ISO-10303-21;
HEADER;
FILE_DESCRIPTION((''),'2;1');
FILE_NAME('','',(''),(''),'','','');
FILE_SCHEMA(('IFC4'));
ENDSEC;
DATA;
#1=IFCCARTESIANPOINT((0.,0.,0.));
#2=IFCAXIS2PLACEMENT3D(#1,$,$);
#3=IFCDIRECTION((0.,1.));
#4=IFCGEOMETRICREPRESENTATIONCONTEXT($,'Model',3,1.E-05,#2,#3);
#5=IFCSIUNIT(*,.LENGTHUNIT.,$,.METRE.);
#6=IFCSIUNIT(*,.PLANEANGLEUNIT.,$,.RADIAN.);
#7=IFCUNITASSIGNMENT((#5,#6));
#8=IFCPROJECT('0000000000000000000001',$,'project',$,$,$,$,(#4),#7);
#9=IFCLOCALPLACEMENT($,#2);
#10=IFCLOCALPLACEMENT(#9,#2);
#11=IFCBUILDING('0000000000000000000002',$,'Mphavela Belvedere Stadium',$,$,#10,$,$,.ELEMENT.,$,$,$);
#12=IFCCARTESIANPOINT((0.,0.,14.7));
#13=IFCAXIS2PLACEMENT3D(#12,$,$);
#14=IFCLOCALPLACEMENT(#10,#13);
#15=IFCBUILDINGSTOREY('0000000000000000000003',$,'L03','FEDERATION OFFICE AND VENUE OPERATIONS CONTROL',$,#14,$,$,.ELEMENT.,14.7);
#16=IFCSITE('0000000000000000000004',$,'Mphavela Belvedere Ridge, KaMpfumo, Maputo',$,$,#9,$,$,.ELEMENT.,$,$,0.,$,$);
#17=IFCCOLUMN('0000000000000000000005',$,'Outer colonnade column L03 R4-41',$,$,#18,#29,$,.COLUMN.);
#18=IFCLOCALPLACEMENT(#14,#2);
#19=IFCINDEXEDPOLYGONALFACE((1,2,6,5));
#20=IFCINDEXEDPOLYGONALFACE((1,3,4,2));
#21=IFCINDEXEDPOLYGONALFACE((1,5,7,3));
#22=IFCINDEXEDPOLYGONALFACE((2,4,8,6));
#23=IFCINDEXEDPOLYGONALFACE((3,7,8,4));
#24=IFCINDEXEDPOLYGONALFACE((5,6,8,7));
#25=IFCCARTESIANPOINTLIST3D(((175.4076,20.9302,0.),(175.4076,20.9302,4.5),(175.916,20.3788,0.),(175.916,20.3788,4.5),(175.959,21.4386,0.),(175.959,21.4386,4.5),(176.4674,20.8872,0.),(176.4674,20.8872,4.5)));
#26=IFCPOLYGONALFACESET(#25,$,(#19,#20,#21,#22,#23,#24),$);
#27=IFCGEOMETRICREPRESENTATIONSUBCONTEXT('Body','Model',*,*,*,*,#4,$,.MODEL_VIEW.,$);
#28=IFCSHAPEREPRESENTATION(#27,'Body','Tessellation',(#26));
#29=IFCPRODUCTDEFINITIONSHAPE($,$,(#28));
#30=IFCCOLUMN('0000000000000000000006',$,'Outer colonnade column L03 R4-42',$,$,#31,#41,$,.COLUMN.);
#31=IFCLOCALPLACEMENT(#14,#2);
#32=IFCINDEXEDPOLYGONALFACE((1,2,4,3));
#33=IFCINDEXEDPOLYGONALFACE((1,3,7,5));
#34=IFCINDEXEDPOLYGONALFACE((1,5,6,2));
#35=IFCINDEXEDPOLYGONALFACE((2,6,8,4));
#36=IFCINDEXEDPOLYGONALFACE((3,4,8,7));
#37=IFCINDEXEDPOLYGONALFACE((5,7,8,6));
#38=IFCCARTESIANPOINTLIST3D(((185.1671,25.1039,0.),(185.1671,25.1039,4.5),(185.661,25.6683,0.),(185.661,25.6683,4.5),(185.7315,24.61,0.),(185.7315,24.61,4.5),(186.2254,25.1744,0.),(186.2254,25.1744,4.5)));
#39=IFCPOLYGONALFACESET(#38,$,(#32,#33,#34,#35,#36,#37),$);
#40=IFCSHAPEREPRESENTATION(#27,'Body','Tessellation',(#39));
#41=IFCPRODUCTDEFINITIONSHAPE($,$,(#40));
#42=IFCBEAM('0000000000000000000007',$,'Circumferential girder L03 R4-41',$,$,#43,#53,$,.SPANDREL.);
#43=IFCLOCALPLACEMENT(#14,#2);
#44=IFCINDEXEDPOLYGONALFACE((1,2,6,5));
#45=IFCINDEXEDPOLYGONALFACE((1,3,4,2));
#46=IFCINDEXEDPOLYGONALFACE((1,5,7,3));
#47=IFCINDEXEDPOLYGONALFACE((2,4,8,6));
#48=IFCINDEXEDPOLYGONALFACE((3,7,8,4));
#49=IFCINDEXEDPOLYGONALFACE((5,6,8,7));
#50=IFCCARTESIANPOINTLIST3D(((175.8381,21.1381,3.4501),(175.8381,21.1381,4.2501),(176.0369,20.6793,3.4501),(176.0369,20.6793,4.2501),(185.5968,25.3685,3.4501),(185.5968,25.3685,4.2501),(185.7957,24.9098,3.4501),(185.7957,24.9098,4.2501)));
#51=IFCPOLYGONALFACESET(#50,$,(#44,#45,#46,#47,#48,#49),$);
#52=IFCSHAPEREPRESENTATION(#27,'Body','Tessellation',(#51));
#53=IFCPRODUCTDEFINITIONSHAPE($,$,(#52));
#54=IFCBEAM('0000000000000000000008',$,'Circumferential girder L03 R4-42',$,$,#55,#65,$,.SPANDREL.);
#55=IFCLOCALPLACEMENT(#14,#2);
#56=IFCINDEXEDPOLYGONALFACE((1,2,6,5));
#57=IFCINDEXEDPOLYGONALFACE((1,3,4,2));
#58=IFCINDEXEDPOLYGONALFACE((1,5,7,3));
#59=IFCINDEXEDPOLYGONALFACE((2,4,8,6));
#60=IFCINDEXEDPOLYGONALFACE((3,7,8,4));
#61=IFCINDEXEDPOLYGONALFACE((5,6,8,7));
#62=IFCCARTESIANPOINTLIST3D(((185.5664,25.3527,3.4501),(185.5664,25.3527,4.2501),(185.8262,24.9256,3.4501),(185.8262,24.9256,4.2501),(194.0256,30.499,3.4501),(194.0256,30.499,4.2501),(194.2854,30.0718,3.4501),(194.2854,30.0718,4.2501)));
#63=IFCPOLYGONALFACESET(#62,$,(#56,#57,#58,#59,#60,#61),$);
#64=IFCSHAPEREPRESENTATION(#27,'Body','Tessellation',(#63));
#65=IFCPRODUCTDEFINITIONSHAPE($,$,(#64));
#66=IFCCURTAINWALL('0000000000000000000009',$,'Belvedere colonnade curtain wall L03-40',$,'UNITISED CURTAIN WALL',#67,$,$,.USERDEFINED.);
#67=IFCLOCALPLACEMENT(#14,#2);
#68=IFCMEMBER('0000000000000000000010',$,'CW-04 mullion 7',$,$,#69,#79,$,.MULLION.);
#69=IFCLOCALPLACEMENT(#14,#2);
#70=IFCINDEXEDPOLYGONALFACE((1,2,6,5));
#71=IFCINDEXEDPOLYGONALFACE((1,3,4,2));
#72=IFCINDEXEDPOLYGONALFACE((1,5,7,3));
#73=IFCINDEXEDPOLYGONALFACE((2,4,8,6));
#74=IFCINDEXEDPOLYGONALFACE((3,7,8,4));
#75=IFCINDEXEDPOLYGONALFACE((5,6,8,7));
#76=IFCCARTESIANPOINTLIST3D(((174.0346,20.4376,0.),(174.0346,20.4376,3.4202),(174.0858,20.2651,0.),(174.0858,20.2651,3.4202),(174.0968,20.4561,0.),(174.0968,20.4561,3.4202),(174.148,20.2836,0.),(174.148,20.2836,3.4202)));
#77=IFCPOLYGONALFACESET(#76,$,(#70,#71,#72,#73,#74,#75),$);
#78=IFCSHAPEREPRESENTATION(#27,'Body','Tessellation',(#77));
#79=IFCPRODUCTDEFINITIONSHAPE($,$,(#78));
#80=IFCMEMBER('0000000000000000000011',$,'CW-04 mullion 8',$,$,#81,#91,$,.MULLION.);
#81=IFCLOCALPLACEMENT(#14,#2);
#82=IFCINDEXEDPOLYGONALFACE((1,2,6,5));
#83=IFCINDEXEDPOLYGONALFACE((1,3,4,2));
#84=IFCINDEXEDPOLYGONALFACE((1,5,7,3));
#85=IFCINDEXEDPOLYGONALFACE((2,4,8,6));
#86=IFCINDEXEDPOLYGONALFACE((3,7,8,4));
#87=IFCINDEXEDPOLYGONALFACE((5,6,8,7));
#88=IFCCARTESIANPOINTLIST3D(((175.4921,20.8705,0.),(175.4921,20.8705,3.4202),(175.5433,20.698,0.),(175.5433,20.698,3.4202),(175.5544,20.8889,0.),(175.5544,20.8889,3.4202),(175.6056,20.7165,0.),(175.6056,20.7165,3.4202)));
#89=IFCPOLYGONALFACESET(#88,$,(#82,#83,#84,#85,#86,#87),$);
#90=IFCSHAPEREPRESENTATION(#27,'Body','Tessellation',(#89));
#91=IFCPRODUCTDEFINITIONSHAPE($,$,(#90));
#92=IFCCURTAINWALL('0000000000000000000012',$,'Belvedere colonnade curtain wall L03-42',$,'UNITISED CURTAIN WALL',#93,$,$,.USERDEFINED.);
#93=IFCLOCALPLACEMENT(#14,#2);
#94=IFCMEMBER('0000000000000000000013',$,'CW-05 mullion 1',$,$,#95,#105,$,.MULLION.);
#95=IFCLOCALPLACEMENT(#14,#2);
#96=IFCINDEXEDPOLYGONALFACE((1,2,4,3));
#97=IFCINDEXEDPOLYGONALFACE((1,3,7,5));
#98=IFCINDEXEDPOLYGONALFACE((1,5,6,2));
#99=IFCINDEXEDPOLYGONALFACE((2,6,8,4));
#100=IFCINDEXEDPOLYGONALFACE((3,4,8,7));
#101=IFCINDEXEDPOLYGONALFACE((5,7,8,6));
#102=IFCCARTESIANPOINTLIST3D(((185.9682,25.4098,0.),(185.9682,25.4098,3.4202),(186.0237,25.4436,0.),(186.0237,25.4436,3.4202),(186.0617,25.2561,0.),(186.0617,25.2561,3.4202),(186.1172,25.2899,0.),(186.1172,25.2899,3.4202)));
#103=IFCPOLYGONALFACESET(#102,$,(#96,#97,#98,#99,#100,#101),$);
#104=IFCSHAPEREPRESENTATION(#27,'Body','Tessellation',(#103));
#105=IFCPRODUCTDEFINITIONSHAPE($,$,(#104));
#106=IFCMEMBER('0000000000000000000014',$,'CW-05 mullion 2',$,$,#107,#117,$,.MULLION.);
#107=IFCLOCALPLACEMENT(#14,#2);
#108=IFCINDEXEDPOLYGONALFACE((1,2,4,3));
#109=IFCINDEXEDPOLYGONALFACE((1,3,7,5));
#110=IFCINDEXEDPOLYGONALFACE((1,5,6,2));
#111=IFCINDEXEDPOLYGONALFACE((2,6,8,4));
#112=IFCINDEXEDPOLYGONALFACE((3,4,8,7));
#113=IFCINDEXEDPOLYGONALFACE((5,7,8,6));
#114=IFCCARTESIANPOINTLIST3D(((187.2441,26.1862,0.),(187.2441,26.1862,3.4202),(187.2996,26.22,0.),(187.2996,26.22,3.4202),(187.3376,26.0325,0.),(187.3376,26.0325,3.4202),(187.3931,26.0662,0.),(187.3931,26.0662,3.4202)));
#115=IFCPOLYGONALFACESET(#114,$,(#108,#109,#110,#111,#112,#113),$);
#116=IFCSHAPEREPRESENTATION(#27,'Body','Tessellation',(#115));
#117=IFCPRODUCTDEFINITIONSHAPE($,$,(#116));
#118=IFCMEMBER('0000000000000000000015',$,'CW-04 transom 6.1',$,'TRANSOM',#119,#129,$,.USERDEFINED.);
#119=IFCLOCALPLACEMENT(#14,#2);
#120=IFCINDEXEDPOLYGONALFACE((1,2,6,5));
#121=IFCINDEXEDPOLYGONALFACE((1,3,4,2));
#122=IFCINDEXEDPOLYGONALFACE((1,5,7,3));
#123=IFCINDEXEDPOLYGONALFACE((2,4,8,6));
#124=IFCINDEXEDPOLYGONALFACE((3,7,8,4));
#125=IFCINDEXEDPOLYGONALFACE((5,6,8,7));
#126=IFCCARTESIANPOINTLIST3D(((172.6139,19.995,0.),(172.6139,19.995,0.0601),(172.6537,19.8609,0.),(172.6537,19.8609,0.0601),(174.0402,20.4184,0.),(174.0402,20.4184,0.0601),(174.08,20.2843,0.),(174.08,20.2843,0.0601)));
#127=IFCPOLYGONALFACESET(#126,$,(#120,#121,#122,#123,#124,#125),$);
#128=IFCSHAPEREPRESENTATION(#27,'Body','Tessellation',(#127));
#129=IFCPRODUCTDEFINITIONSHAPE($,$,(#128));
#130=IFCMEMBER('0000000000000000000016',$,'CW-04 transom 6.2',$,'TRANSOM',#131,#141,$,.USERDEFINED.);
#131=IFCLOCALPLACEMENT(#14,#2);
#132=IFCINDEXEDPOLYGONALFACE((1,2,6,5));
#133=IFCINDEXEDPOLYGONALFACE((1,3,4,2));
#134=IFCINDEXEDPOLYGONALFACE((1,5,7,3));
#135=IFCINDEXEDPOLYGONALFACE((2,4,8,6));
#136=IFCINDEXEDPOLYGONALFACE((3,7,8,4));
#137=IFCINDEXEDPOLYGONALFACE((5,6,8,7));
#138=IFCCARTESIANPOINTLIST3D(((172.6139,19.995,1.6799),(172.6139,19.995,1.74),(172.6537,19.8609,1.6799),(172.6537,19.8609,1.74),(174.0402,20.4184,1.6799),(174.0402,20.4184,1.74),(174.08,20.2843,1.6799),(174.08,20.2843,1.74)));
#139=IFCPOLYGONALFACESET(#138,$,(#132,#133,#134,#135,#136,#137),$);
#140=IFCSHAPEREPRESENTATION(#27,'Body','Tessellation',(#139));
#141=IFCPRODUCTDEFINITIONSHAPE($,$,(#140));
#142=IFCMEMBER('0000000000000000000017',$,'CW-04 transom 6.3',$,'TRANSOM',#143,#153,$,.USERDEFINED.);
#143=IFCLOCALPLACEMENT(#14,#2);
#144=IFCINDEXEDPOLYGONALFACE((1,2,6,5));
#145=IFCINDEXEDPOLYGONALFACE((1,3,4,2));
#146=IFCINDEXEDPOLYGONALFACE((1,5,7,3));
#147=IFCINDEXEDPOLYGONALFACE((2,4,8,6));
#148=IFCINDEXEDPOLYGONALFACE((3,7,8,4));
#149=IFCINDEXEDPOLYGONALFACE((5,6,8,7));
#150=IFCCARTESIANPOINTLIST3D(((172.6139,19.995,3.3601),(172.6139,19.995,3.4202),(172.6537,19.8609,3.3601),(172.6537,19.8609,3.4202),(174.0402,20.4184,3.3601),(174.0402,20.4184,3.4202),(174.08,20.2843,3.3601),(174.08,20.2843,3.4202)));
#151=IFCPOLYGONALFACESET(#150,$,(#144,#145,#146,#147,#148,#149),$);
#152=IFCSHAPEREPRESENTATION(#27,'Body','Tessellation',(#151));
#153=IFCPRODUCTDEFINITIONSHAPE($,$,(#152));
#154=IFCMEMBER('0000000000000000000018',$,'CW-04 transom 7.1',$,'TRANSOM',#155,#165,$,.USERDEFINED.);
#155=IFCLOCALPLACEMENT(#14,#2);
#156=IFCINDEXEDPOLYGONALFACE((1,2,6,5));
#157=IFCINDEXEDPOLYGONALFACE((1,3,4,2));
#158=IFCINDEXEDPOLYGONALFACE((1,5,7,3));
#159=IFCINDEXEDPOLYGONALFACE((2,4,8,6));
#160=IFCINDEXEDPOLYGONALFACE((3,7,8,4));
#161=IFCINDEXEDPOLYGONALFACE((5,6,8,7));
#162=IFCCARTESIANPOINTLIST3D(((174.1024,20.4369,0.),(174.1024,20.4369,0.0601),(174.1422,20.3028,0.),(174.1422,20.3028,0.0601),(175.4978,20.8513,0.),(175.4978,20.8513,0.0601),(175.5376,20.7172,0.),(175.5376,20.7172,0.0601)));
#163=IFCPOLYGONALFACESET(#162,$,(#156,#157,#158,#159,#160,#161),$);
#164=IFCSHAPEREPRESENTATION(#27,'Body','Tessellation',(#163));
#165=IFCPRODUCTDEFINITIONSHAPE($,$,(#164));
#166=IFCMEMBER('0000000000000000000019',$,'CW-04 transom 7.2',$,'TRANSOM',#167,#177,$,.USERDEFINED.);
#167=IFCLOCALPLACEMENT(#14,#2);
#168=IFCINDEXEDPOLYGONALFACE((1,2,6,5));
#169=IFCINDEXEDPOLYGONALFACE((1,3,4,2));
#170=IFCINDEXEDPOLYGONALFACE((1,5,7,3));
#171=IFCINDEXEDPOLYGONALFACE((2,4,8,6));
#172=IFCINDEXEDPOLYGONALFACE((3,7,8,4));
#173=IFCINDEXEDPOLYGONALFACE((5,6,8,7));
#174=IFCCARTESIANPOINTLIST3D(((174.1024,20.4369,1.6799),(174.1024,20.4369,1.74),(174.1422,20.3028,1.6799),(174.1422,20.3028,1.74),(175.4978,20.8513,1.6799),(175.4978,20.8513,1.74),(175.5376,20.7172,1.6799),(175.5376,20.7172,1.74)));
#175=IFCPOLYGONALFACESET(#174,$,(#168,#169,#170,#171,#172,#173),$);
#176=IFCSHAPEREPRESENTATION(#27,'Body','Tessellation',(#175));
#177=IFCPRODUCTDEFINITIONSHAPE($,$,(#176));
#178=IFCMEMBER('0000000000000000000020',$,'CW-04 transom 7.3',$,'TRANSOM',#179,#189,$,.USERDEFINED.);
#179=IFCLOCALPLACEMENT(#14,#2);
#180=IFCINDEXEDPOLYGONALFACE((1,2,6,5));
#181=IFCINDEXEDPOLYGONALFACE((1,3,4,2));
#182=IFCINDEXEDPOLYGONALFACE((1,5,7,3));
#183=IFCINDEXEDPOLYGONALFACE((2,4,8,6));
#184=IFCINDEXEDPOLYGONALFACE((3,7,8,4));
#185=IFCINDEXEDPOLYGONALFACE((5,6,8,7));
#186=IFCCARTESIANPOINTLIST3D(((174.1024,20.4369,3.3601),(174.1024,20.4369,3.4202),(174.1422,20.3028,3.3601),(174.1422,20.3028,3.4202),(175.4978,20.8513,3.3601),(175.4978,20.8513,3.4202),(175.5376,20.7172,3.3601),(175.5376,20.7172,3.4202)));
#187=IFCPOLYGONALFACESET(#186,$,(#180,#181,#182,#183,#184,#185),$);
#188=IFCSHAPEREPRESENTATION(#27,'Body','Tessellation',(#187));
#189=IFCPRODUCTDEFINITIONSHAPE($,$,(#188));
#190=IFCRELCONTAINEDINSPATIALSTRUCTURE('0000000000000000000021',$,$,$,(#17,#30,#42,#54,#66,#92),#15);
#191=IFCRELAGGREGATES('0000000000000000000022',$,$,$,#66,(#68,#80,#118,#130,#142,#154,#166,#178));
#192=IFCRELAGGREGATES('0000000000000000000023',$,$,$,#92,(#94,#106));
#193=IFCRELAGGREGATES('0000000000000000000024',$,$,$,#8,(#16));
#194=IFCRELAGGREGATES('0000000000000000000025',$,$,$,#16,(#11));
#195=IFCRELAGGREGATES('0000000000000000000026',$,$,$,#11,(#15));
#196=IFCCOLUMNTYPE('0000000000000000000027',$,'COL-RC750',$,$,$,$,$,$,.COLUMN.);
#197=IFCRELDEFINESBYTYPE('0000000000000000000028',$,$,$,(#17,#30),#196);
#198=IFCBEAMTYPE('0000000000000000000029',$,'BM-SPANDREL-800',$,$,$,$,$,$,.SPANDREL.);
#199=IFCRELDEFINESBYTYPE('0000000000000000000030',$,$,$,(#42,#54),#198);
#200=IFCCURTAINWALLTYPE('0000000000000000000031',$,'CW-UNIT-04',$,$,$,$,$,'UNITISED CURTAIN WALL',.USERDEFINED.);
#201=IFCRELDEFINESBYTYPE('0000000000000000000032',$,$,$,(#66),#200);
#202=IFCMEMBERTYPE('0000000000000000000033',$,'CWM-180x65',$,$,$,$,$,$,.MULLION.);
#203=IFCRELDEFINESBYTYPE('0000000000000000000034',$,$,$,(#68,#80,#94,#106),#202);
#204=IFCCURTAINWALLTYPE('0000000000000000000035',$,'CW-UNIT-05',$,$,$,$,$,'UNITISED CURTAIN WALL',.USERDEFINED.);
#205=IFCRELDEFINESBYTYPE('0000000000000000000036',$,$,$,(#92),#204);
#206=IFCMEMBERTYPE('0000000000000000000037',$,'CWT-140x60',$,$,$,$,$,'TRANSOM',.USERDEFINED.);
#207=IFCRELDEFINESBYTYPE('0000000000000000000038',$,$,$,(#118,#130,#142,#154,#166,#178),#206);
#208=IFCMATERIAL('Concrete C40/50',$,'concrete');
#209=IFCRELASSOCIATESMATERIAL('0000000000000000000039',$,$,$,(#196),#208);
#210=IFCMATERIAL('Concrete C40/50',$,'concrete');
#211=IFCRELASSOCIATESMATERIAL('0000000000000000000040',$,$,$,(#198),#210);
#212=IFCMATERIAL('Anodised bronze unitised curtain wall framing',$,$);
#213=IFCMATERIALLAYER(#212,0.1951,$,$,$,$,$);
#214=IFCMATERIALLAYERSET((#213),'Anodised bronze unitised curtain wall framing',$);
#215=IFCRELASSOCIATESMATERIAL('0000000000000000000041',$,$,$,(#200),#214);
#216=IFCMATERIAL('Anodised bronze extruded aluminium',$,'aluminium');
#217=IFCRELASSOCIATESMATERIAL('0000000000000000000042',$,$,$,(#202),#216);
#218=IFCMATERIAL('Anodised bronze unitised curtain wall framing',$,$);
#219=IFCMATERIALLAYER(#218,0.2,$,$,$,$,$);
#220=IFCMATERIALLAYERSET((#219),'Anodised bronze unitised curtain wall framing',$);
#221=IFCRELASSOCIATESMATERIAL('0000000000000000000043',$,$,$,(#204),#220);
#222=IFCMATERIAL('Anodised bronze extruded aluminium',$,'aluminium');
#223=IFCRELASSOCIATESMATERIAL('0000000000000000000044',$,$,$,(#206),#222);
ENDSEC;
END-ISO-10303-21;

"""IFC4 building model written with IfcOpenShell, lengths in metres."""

from ifc_helpers import new_model, si_unit, direction, frame, origin, origin_2d, place, context, subcontext, project, spatial, rectangle, extrude, material, layer, layer_set, material_profile, profile_set, type_object, element, aggregate, save


model = new_model("IFC4")

# Units and contexts
model_context = context("Model", 3, precision=1e-05, world=origin(), true_north=direction((0.0, 1.0)))
body_context = subcontext(model_context, "Body", "Model", "MODEL_VIEW")
ifc_project = project(units=[si_unit("LENGTHUNIT", "METRE"), si_unit("PLANEANGLEUNIT", "RADIAN")], contexts=[model_context])

# Site, building, storey
site_placement = place(None, origin())
site = spatial("IfcSite", under=ifc_project, at=site_placement, Name="Mphavela Belvedere Ridge, KaMpfumo, Maputo", CompositionType="ELEMENT", RefElevation=0.0)
building_placement = place(site_placement, origin())
building = spatial("IfcBuilding", under=site, at=building_placement, Name="Mphavela Belvedere Stadium", CompositionType="ELEMENT")
storey_placement = place(building_placement, frame((0.0, 0.0, 14.7)))
storey = spatial("IfcBuildingStorey", under=building, at=storey_placement, Name="L03", Description="FEDERATION OFFICE AND VENUE OPERATIONS CONTROL", CompositionType="ELEMENT", Elevation=14.7)

# Columns
ifc_material_1 = material(Name="Concrete C40/50", Category="concrete")
ifc_material_profile_1 = material_profile(ifc_material_1, rectangle(XDim=0.75, YDim=0.75, at=origin_2d()), Name="RC 750x750")
ifc_profile_set_1 = profile_set([ifc_material_profile_1], Name="Concrete C40/50")
column_type = type_object("IfcColumnType", Name="COL-RC750", PredefinedType="COLUMN", material=ifc_profile_set_1)
for number, where, z_axis, x_axis, name in (
    (1, (175.9375, 20.9087, 0.0), (0.0, 0.0, 1.0), (0.677903, -0.735151, 0.0), "Outer colonnade column L03 R4-41"),
    (2, (185.6963, 25.1392, 0.0), (0.0, 0.0, 1.0), (0.75253, -0.658558, 0.0), "Outer colonnade column L03 R4-42"),
):
    element("IfcColumn", number, at=place(storey_placement, frame(where, z_axis=z_axis, x_axis=x_axis)), inside=storey, type_object=column_type, Name=name, PredefinedType="COLUMN", context=body_context, shape_type="SweptSolid", body=[
        extrude(rectangle(XDim=0.75, YDim=0.75, at=origin_2d()), origin(), (0.0, 0.0, 1.0), 4.5),
    ])

# Beams
ifc_material_2 = material(Name="Concrete C40/50", Category="concrete")
ifc_material_profile_2 = material_profile(ifc_material_2, rectangle(XDim=0.5, YDim=0.8, at=origin_2d()), Name="RC 500x800")
ifc_profile_set_2 = profile_set([ifc_material_profile_2], Name="Concrete C40/50")
beam_type = type_object("IfcBeamType", Name="BM-SPANDREL-800", PredefinedType="SPANDREL", material=ifc_profile_set_2)
beam_1_placement = place(storey_placement, frame((175.9375, 20.9087, 3.8501), z_axis=(0.917499, 0.397739, 0.0), x_axis=(-0.397739, 0.917499, 0.0)))
element("IfcBeam", 3, at=beam_1_placement, inside=storey, type_object=beam_type, Name="Circumferential girder L03 R4-41", PredefinedType="SPANDREL", context=body_context, shape_type="SweptSolid", body=[
    extrude(rectangle(XDim=0.5, YDim=0.8, at=origin_2d()), origin(), (0.0, 0.0, 1.0), 10.6362),
])
beam_2_placement = place(storey_placement, frame((185.6963, 25.1392, 3.8501), z_axis=(0.854327, 0.519737, 0.0), x_axis=(-0.519737, 0.854327, 0.0)))
element("IfcBeam", 4, at=beam_2_placement, inside=storey, type_object=beam_type, Name="Circumferential girder L03 R4-42", PredefinedType="SPANDREL", context=body_context, shape_type="SweptSolid", body=[
    extrude(rectangle(XDim=0.5, YDim=0.8, at=origin_2d()), origin(), (0.0, 0.0, 1.0), 9.9016),
])

# Curtain walls, members
ifc_material_3 = material(Name="Anodised bronze unitised curtain wall framing")
ifc_layer_1 = layer(ifc_material_3, 0.1951)
ifc_layer_set_1 = layer_set([ifc_layer_1], Name="Anodised bronze unitised curtain wall framing")
curtain_wall_type_1 = type_object("IfcCurtainWallType", Name="CW-UNIT-04", ElementType="UNITISED CURTAIN WALL", PredefinedType="USERDEFINED", material=ifc_layer_set_1)
curtain_wall_1_placement = place(storey_placement, origin())
curtain_wall_1 = element("IfcCurtainWall", 5, at=curtain_wall_1_placement, inside=storey, type_object=curtain_wall_type_1, Name="Belvedere colonnade curtain wall L03-40", ObjectType="UNITISED CURTAIN WALL", PredefinedType="USERDEFINED")
ifc_material_4 = material(Name="Anodised bronze extruded aluminium", Category="aluminium")
ifc_material_profile_3 = material_profile(ifc_material_4, rectangle(XDim=0.1799, YDim=0.0649, at=origin_2d()), Name="CW-MUL 180x65")
ifc_profile_set_3 = profile_set([ifc_material_profile_3], Name="Anodised bronze extruded aluminium")
member_type_1 = type_object("IfcMemberType", Name="CWM-180x65", PredefinedType="MULLION", material=ifc_profile_set_3)
member_1_placement = place(storey_placement, frame((174.0913, 20.3606, 0.0), z_axis=(0.0, 0.0, 1.0), x_axis=(-0.284565, 0.958657, 0.0)))
member_1 = element("IfcMember", 6, at=member_1_placement, type_object=member_type_1, Name="CW-04 mullion 7", PredefinedType="MULLION", context=body_context, shape_type="SweptSolid", body=[
    extrude(rectangle(XDim=0.1799, YDim=0.0649, at=origin_2d()), origin(), (0.0, 0.0, 1.0), 3.4202),
])
member_2_placement = place(storey_placement, frame((175.5488, 20.7935, 0.0), z_axis=(0.0, 0.0, 1.0), x_axis=(-0.284565, 0.958657, 0.0)))
member_2 = element("IfcMember", 7, at=member_2_placement, type_object=member_type_1, Name="CW-04 mullion 8", PredefinedType="MULLION", context=body_context, shape_type="SweptSolid", body=[
    extrude(rectangle(XDim=0.1799, YDim=0.0649, at=origin_2d()), origin(), (0.0, 0.0, 1.0), 3.4202),
])
ifc_material_5 = material(Name="Anodised bronze unitised curtain wall framing")
ifc_layer_2 = layer(ifc_material_5, 0.2)
ifc_layer_set_2 = layer_set([ifc_layer_2], Name="Anodised bronze unitised curtain wall framing")
curtain_wall_type_2 = type_object("IfcCurtainWallType", Name="CW-UNIT-05", ElementType="UNITISED CURTAIN WALL", PredefinedType="USERDEFINED", material=ifc_layer_set_2)
curtain_wall_2_placement = place(storey_placement, origin())
curtain_wall_2 = element("IfcCurtainWall", 8, at=curtain_wall_2_placement, inside=storey, type_object=curtain_wall_type_2, Name="Belvedere colonnade curtain wall L03-42", ObjectType="UNITISED CURTAIN WALL", PredefinedType="USERDEFINED")
member_3_placement = place(storey_placement, frame((186.0427, 25.3499, 0.0), z_axis=(0.0, 0.0, 1.0), x_axis=(-0.519738, 0.854325, 0.0)))
member_3 = element("IfcMember", 9, at=member_3_placement, type_object=member_type_1, Name="CW-05 mullion 1", PredefinedType="MULLION", context=body_context, shape_type="SweptSolid", body=[
    extrude(rectangle(XDim=0.1799, YDim=0.0649, at=origin_2d()), origin(), (0.0, 0.0, 1.0), 3.4202),
])
member_4_placement = place(storey_placement, frame((187.3186, 26.1262, 0.0), z_axis=(0.0, 0.0, 1.0), x_axis=(-0.519738, 0.854325, 0.0)))
member_4 = element("IfcMember", 10, at=member_4_placement, type_object=member_type_1, Name="CW-05 mullion 2", PredefinedType="MULLION", context=body_context, shape_type="SweptSolid", body=[
    extrude(rectangle(XDim=0.1799, YDim=0.0649, at=origin_2d()), origin(), (0.0, 0.0, 1.0), 3.4202),
])

# Members
ifc_material_6 = material(Name="Anodised bronze extruded aluminium", Category="aluminium")
ifc_material_profile_4 = material_profile(ifc_material_6, rectangle(XDim=0.1399, YDim=0.0601, at=origin_2d()), Name="CW-TRN 140x60")
ifc_profile_set_4 = profile_set([ifc_material_profile_4], Name="Anodised bronze extruded aluminium")
member_type_2 = type_object("IfcMemberType", Name="CWT-140x60", ElementType="TRANSOM", PredefinedType="USERDEFINED", material=ifc_profile_set_4)
member_5_placement = place(storey_placement, frame((172.6338, 19.928, 0.03), z_axis=(0.958662, 0.284546, 0.0), x_axis=(-0.284546, 0.958662, 0.0)))
member_5 = element("IfcMember", 11, at=member_5_placement, type_object=member_type_2, Name="CW-04 transom 6.1", ObjectType="TRANSOM", PredefinedType="USERDEFINED", context=body_context, shape_type="SweptSolid", body=[
    extrude(rectangle(XDim=0.1399, YDim=0.0601, at=origin_2d()), origin(), (0.0, 0.0, 1.0), 1.4878),
])
member_6_placement = place(storey_placement, frame((172.6338, 19.928, 1.71), z_axis=(0.958662, 0.284546, 0.0), x_axis=(-0.284546, 0.958662, 0.0)))
member_6 = element("IfcMember", 12, at=member_6_placement, type_object=member_type_2, Name="CW-04 transom 6.2", ObjectType="TRANSOM", PredefinedType="USERDEFINED", context=body_context, shape_type="SweptSolid", body=[
    extrude(rectangle(XDim=0.1399, YDim=0.0601, at=origin_2d()), origin(), (0.0, 0.0, 1.0), 1.4878),
])
member_7_placement = place(storey_placement, frame((172.6338, 19.928, 3.3901), z_axis=(0.958662, 0.284546, 0.0), x_axis=(-0.284546, 0.958662, 0.0)))
member_7 = element("IfcMember", 13, at=member_7_placement, type_object=member_type_2, Name="CW-04 transom 6.3", ObjectType="TRANSOM", PredefinedType="USERDEFINED", context=body_context, shape_type="SweptSolid", body=[
    extrude(rectangle(XDim=0.1399, YDim=0.0601, at=origin_2d()), origin(), (0.0, 0.0, 1.0), 1.4878),
])
member_8_placement = place(storey_placement, frame((174.1223, 20.3699, 0.03), z_axis=(0.95863, 0.284654, 0.0), x_axis=(-0.284654, 0.95863, 0.0)))
member_8 = element("IfcMember", 14, at=member_8_placement, type_object=member_type_2, Name="CW-04 transom 7.1", ObjectType="TRANSOM", PredefinedType="USERDEFINED", context=body_context, shape_type="SweptSolid", body=[
    extrude(rectangle(XDim=0.1399, YDim=0.0601, at=origin_2d()), origin(), (0.0, 0.0, 1.0), 1.4556),
])
member_9_placement = place(storey_placement, frame((174.1223, 20.3699, 1.71), z_axis=(0.95863, 0.284654, 0.0), x_axis=(-0.284654, 0.95863, 0.0)))
member_9 = element("IfcMember", 15, at=member_9_placement, type_object=member_type_2, Name="CW-04 transom 7.2", ObjectType="TRANSOM", PredefinedType="USERDEFINED", context=body_context, shape_type="SweptSolid", body=[
    extrude(rectangle(XDim=0.1399, YDim=0.0601, at=origin_2d()), origin(), (0.0, 0.0, 1.0), 1.4556),
])
member_10_placement = place(storey_placement, frame((174.1223, 20.3699, 3.3901), z_axis=(0.95863, 0.284654, 0.0), x_axis=(-0.284654, 0.95863, 0.0)))
member_10 = element("IfcMember", 16, at=member_10_placement, type_object=member_type_2, Name="CW-04 transom 7.3", ObjectType="TRANSOM", PredefinedType="USERDEFINED", context=body_context, shape_type="SweptSolid", body=[
    extrude(rectangle(XDim=0.1399, YDim=0.0601, at=origin_2d()), origin(), (0.0, 0.0, 1.0), 1.4556),
])

aggregate(curtain_wall_1, [member_1, member_2, member_5, member_6, member_7, member_8, member_9, member_10])
aggregate(curtain_wall_2, [member_3, member_4])

save(model, "model.ifc")
